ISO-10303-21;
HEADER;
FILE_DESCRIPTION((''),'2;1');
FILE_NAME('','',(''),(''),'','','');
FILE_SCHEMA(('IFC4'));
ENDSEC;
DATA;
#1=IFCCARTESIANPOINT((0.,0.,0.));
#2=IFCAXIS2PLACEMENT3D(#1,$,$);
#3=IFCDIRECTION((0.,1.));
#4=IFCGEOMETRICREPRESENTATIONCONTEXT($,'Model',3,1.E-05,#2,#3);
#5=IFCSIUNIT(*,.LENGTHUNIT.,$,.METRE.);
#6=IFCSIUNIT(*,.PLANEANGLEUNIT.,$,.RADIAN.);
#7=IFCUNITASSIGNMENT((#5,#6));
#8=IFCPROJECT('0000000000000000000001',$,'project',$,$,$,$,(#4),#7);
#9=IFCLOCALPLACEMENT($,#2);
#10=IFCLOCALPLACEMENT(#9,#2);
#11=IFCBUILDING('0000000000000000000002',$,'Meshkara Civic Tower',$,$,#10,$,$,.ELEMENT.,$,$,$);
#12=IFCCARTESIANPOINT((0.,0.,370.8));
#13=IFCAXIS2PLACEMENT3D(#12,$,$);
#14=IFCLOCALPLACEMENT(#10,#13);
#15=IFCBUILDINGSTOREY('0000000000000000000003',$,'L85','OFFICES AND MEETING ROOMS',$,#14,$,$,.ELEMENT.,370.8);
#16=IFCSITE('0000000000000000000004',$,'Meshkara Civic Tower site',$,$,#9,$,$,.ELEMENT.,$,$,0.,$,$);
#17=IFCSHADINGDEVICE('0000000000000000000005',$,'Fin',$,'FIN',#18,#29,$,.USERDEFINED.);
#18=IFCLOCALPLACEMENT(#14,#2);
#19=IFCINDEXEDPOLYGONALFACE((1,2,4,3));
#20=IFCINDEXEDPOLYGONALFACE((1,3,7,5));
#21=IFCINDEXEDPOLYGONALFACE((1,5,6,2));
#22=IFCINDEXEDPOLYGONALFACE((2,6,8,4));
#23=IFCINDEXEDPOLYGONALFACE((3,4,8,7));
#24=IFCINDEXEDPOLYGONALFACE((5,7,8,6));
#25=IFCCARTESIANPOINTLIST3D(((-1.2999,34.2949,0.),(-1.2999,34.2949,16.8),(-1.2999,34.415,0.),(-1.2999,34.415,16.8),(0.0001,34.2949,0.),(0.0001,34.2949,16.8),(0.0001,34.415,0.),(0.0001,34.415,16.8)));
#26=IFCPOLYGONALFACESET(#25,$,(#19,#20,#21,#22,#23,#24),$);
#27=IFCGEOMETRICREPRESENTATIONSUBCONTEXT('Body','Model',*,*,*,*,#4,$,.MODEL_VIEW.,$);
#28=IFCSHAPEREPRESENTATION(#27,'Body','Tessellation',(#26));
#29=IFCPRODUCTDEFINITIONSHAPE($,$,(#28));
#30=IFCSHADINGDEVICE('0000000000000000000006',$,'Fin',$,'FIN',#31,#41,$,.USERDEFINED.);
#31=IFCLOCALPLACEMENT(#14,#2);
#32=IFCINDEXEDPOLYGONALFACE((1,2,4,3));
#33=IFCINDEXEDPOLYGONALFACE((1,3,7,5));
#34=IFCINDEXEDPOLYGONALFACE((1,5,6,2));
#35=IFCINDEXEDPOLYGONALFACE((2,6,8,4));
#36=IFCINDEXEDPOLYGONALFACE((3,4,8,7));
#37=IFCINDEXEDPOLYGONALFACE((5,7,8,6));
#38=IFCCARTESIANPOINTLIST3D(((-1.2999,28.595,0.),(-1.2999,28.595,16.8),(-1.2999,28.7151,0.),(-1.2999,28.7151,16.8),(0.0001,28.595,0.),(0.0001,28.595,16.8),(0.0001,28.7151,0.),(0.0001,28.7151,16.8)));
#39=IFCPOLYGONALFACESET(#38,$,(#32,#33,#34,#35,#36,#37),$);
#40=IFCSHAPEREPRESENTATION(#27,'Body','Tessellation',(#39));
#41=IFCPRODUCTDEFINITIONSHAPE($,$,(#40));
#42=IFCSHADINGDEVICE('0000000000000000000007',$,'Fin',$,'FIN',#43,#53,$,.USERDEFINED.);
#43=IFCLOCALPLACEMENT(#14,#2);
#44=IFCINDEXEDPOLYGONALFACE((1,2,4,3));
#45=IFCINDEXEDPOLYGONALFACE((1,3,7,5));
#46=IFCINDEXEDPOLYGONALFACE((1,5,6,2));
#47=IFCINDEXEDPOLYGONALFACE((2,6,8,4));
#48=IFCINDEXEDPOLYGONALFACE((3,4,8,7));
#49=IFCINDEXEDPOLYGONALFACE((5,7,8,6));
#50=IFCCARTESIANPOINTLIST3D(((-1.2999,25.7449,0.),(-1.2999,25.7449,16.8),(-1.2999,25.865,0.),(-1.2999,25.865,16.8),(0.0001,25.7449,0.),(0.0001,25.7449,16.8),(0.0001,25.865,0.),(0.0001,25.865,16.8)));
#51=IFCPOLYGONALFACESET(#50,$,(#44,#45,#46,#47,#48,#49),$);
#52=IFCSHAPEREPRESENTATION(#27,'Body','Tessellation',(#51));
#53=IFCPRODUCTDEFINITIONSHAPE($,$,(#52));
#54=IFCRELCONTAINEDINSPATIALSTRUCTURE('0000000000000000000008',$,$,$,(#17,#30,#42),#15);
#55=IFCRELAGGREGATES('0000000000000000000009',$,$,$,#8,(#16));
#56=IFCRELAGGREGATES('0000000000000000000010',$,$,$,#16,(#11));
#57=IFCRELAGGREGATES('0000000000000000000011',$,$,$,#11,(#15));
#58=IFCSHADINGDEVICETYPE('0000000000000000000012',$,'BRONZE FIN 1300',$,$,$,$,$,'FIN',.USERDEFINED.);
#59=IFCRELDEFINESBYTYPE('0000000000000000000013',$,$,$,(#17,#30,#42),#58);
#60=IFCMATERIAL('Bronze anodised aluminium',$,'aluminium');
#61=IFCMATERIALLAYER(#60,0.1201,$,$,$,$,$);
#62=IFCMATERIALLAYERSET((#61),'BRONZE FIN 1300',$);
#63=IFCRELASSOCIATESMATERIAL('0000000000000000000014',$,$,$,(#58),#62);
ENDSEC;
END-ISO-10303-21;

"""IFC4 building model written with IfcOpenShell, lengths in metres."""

from ifc_helpers import new_model, si_unit, direction, frame, origin, origin_2d, place, context, subcontext, project, spatial, rectangle, extrude, material, layer, layer_set, type_object, element, save


model = new_model("IFC4")

# Units and contexts
model_context = context("Model", 3, precision=1e-05, world=origin(), true_north=direction((0.0, 1.0)))
body_context = subcontext(model_context, "Body", "Model", "MODEL_VIEW")
ifc_project = project(units=[si_unit("LENGTHUNIT", "METRE"), si_unit("PLANEANGLEUNIT", "RADIAN")], contexts=[model_context])

# Site, building, storey
site_placement = place(None, origin())
site = spatial("IfcSite", under=ifc_project, at=site_placement, Name="Meshkara Civic Tower site", CompositionType="ELEMENT", RefElevation=0.0)
building_placement = place(site_placement, origin())
building = spatial("IfcBuilding", under=site, at=building_placement, Name="Meshkara Civic Tower", CompositionType="ELEMENT")
storey_placement = place(building_placement, frame((0.0, 0.0, 370.8)))
storey = spatial("IfcBuildingStorey", under=building, at=storey_placement, Name="L85", Description="OFFICES AND MEETING ROOMS", CompositionType="ELEMENT", Elevation=370.8)

# Shading devices
ifc_material_1 = material(Name="Bronze anodised aluminium", Category="aluminium")
ifc_layer_1 = layer(ifc_material_1, 0.1201)
ifc_layer_set_1 = layer_set([ifc_layer_1], Name="BRONZE FIN 1300")
shading_device_type = type_object("IfcShadingDeviceType", Name="BRONZE FIN 1300", ElementType="FIN", PredefinedType="USERDEFINED", material=ifc_layer_set_1)
for number, where, z_axis, x_axis, name in (
    (1, (-0.6499, 34.355, 0.0), (0.0, 0.0, 1.0), (0.0, -1.0, 0.0), "Fin"),
    (2, (-0.6499, 28.655, 0.0), (0.0, 0.0, 1.0), (0.0, -1.0, 0.0), "Fin"),
    (3, (-0.6499, 25.8049, 0.0), (0.0, 0.0, 1.0), (0.0, -1.0, 0.0), "Fin"),
):
    element("IfcShadingDevice", number, at=place(storey_placement, frame(where, z_axis=z_axis, x_axis=x_axis)), inside=storey, type_object=shading_device_type, Name=name, ObjectType="FIN", PredefinedType="USERDEFINED", context=body_context, shape_type="SweptSolid", body=[
        extrude(rectangle(XDim=0.1201, YDim=1.3, at=origin_2d()), origin(), (0.0, 0.0, 1.0), 16.8),
    ])

save(model, "model.ifc")
